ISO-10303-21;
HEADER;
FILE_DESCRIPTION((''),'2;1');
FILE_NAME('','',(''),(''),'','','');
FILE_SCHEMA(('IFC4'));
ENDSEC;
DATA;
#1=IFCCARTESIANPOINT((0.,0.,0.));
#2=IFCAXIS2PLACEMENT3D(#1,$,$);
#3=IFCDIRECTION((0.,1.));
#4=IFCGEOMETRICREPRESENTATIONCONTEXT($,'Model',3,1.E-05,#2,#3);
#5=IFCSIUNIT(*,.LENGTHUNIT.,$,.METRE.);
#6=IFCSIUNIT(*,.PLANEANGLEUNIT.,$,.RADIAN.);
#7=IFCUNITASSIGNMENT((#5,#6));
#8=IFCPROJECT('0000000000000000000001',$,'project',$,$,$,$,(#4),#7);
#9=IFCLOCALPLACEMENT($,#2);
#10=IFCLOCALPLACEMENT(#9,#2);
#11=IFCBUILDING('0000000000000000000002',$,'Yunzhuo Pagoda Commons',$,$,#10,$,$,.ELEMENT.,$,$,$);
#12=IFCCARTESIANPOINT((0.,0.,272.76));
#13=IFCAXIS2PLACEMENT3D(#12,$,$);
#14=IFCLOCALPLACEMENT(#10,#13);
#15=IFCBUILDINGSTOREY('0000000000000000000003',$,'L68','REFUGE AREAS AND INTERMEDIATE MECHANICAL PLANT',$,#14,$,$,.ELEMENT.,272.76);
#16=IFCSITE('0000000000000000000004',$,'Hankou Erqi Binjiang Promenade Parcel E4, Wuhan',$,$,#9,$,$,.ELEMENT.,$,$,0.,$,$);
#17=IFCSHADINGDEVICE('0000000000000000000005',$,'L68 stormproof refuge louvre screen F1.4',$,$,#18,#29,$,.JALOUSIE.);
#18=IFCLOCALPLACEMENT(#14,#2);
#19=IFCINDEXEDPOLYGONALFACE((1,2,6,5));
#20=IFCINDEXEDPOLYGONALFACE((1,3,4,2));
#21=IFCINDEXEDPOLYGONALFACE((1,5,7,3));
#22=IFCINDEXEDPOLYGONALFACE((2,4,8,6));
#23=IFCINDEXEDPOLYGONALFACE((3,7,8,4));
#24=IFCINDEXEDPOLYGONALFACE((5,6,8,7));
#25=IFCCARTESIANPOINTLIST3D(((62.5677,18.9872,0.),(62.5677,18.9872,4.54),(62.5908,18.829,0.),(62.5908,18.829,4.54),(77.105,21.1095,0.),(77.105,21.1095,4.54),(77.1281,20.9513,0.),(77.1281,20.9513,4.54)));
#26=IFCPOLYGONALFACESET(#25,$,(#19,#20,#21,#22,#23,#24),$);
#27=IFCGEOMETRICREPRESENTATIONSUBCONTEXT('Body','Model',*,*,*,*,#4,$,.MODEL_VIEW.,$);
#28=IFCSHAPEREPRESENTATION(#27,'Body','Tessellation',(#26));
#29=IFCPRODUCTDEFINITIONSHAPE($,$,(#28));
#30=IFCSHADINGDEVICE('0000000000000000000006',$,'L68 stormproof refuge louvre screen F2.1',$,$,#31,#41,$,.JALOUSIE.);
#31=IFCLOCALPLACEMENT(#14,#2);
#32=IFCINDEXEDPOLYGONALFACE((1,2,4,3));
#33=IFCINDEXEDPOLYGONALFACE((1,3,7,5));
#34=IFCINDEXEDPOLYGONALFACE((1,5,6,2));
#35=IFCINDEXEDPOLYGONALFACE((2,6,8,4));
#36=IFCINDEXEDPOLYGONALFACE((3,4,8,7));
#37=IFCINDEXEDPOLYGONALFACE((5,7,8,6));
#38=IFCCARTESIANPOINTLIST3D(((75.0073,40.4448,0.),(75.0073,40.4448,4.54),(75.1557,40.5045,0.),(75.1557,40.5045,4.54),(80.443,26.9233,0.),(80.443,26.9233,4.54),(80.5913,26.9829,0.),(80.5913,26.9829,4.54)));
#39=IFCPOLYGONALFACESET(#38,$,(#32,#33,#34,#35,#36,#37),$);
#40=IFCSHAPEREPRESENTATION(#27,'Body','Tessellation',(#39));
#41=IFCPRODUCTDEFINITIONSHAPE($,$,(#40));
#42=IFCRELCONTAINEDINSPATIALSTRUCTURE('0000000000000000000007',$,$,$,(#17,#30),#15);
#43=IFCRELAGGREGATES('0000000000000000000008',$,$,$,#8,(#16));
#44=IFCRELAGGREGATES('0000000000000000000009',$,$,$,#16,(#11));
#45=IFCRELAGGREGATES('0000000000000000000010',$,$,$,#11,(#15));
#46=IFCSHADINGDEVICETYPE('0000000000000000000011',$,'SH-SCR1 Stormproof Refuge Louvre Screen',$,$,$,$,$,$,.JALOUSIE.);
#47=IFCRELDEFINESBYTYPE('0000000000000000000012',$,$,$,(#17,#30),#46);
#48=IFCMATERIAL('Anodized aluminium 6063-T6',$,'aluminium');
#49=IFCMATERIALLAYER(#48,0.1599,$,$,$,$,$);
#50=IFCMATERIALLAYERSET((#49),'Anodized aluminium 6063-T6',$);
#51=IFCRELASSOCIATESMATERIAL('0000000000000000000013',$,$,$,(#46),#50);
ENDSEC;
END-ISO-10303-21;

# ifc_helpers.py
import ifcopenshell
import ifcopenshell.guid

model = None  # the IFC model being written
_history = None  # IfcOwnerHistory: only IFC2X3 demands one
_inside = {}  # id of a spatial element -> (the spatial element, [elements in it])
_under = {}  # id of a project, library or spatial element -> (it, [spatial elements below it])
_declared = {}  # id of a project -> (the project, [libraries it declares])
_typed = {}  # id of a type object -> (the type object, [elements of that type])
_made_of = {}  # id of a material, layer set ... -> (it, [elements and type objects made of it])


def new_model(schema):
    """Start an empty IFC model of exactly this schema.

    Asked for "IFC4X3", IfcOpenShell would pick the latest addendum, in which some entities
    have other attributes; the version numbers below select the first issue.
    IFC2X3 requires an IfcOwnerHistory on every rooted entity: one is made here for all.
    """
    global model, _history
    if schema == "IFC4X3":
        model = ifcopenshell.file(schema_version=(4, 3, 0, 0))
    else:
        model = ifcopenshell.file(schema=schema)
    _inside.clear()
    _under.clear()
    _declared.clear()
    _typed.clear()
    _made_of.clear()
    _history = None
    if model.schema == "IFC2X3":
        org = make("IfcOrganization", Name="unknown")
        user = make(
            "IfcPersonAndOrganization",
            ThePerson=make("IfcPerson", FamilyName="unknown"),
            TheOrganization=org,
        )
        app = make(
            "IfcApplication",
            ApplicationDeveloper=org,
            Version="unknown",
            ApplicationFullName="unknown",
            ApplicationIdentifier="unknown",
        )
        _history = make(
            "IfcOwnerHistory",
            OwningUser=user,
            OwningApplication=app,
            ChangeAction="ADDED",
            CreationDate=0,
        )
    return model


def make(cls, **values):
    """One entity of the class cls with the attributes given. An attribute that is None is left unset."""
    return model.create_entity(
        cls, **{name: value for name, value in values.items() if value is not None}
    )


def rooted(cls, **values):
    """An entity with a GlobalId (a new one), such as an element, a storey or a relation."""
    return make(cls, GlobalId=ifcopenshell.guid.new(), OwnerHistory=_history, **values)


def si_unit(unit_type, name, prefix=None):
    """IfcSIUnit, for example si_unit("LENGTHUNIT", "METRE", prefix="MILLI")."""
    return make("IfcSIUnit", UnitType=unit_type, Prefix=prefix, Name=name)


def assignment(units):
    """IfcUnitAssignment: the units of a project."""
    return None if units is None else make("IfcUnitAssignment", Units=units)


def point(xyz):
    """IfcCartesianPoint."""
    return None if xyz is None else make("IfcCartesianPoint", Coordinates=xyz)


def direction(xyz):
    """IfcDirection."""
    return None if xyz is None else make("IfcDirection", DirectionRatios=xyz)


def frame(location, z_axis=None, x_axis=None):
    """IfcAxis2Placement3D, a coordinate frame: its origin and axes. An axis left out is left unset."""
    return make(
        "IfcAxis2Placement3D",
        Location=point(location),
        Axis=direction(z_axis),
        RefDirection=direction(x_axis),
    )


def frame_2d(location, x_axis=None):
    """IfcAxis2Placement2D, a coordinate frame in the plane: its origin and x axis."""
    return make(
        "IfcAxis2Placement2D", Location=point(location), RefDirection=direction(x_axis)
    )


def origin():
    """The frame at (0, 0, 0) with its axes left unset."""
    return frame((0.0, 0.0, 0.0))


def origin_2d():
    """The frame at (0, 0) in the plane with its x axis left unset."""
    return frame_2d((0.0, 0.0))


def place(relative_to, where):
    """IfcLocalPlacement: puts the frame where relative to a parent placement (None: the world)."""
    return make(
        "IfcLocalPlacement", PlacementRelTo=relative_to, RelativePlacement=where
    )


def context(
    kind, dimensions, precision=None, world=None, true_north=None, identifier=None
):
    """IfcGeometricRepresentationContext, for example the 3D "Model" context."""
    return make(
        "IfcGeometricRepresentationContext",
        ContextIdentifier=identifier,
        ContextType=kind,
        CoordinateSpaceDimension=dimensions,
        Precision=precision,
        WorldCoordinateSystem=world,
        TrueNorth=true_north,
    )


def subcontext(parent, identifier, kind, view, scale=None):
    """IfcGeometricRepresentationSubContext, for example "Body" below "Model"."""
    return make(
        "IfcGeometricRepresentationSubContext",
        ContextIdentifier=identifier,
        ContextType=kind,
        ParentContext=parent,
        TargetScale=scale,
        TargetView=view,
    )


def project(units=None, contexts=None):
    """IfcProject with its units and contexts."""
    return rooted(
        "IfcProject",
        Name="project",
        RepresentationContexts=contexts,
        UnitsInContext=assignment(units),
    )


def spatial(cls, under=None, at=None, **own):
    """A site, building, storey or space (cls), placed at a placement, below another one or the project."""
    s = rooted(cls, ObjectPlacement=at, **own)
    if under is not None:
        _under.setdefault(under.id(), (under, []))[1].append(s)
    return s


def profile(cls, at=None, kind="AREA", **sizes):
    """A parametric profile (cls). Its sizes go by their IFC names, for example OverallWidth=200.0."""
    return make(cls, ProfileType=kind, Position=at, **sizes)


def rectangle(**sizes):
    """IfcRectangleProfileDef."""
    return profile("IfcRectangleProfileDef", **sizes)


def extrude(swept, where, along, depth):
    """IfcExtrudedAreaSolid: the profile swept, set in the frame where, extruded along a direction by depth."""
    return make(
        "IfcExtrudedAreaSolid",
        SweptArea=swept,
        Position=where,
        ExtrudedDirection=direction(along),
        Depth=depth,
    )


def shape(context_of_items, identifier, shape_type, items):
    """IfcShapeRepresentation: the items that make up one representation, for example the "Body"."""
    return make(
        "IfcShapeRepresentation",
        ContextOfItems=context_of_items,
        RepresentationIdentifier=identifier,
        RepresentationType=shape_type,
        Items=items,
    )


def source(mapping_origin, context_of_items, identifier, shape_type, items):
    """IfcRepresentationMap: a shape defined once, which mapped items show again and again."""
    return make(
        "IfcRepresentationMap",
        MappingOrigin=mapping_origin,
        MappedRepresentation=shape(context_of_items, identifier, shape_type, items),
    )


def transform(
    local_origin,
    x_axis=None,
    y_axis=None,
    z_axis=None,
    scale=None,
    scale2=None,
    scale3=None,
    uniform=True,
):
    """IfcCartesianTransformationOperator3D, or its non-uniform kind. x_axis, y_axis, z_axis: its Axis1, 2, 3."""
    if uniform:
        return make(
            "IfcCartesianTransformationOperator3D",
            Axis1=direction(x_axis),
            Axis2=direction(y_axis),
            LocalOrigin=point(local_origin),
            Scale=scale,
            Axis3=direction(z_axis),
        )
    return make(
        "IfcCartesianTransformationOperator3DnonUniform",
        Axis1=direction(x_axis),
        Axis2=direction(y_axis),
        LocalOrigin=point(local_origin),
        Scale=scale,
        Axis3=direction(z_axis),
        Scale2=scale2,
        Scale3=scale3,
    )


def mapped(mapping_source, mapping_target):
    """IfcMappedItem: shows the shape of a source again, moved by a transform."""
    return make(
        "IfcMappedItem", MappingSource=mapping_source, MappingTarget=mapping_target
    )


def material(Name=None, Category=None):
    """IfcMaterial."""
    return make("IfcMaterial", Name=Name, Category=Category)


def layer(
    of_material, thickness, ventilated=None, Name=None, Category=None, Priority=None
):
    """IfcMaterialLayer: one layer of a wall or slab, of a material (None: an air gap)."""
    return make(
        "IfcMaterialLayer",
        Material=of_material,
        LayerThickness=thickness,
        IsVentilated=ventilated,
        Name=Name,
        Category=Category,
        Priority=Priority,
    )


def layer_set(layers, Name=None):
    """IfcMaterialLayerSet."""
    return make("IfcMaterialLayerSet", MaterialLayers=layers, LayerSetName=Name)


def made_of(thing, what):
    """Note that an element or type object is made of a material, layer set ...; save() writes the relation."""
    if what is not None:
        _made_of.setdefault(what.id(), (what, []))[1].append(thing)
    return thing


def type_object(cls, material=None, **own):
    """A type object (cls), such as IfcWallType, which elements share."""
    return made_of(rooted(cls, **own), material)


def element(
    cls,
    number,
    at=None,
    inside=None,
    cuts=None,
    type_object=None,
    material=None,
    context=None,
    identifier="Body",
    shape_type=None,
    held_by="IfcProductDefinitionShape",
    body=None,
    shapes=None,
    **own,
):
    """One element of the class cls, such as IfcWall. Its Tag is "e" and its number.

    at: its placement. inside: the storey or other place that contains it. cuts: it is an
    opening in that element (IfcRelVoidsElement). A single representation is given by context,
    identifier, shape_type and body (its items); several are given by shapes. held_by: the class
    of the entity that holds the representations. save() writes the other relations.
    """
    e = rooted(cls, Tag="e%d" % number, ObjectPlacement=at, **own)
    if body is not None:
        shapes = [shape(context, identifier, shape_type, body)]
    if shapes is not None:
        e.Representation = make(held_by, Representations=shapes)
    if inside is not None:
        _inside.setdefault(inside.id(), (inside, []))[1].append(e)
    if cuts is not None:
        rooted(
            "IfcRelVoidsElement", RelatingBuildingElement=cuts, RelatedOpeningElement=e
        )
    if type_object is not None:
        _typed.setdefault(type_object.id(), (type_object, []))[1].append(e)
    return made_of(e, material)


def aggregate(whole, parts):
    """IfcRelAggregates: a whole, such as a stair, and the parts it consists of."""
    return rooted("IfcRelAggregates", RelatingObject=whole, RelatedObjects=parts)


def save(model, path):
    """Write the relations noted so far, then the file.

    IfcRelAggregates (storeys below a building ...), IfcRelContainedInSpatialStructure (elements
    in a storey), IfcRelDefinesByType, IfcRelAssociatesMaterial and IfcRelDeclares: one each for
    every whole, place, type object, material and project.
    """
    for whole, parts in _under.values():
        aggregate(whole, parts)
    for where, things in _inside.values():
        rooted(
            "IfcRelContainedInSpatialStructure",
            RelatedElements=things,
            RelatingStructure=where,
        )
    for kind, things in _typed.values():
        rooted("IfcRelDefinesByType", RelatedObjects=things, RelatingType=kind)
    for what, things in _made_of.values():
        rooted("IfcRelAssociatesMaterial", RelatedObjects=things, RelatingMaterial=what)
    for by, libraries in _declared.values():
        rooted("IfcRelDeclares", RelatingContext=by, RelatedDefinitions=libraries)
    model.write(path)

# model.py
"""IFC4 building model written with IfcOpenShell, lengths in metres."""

from ifc_helpers import new_model, si_unit, direction, frame, origin, origin_2d, place, context, subcontext, project, spatial, rectangle, extrude, source, transform, mapped, material, layer, layer_set, type_object, element, save


model = new_model("IFC4")

# Units and contexts
model_context = context("Model", 3, precision=1e-05, world=origin(), true_north=direction((0.0, 1.0)))
body_context = subcontext(model_context, "Body", "Model", "MODEL_VIEW")
ifc_project = project(units=[si_unit("LENGTHUNIT", "METRE"), si_unit("PLANEANGLEUNIT", "RADIAN")], contexts=[model_context])

# Site, building, storey
site_placement = place(None, origin())
site = spatial("IfcSite", under=ifc_project, at=site_placement, Name="Hankou Erqi Binjiang Promenade Parcel E4, Wuhan", CompositionType="ELEMENT", RefElevation=0.0)
building_placement = place(site_placement, origin())
building = spatial("IfcBuilding", under=site, at=building_placement, Name="Yunzhuo Pagoda Commons", CompositionType="ELEMENT")
storey_placement = place(building_placement, frame((0.0, 0.0, 272.76)))
storey = spatial("IfcBuildingStorey", under=building, at=storey_placement, Name="L68", Description="REFUGE AREAS AND INTERMEDIATE MECHANICAL PLANT", CompositionType="ELEMENT", Elevation=272.76)

# Shading devices
ifc_material_1 = material(Name="Anodized aluminium 6063-T6", Category="aluminium")
ifc_layer_1 = layer(ifc_material_1, 0.1599)
ifc_layer_set_1 = layer_set([ifc_layer_1], Name="Anodized aluminium 6063-T6")
shading_device_type = type_object("IfcShadingDeviceType", Name="SH-SCR1 Stormproof Refuge Louvre Screen", PredefinedType="JALOUSIE", material=ifc_layer_set_1)
shared_shape_1 = source(origin(), body_context, "Body", "SweptSolid", [
    extrude(rectangle(XDim=14.6914, YDim=0.1599, at=origin_2d()), origin(), (0.0, 0.0, 1.0), 4.54),
])
shading_device_1_placement = place(storey_placement, frame((69.8479, 19.9692, 0.0), z_axis=(0.0, 0.0, 1.0), x_axis=(0.989511, 0.14446, 0.0)))
element("IfcShadingDevice", 1, at=shading_device_1_placement, inside=storey, type_object=shading_device_type, Name="L68 stormproof refuge louvre screen F1.4", PredefinedType="JALOUSIE", context=body_context, shape_type="MappedRepresentation", body=[
    mapped(shared_shape_1, transform((0.0, 0.0, 0.0), scale=1.0)),
])
shared_shape_2 = source(origin(), body_context, "Body", "SweptSolid", [
    extrude(rectangle(XDim=14.5732, YDim=0.1599, at=origin_2d()), origin(), (0.0, 0.0, 1.0), 4.54),
])
shading_device_2_placement = place(storey_placement, frame((77.7993, 33.7139, 0.0), z_axis=(0.0, 0.0, 1.0), x_axis=(-0.372988, 0.927836, 0.0)))
element("IfcShadingDevice", 2, at=shading_device_2_placement, inside=storey, type_object=shading_device_type, Name="L68 stormproof refuge louvre screen F2.1", PredefinedType="JALOUSIE", context=body_context, shape_type="MappedRepresentation", body=[
    mapped(shared_shape_2, transform((0.0, 0.0, 0.0), scale=1.0)),
])

save(model, "model.ifc")
